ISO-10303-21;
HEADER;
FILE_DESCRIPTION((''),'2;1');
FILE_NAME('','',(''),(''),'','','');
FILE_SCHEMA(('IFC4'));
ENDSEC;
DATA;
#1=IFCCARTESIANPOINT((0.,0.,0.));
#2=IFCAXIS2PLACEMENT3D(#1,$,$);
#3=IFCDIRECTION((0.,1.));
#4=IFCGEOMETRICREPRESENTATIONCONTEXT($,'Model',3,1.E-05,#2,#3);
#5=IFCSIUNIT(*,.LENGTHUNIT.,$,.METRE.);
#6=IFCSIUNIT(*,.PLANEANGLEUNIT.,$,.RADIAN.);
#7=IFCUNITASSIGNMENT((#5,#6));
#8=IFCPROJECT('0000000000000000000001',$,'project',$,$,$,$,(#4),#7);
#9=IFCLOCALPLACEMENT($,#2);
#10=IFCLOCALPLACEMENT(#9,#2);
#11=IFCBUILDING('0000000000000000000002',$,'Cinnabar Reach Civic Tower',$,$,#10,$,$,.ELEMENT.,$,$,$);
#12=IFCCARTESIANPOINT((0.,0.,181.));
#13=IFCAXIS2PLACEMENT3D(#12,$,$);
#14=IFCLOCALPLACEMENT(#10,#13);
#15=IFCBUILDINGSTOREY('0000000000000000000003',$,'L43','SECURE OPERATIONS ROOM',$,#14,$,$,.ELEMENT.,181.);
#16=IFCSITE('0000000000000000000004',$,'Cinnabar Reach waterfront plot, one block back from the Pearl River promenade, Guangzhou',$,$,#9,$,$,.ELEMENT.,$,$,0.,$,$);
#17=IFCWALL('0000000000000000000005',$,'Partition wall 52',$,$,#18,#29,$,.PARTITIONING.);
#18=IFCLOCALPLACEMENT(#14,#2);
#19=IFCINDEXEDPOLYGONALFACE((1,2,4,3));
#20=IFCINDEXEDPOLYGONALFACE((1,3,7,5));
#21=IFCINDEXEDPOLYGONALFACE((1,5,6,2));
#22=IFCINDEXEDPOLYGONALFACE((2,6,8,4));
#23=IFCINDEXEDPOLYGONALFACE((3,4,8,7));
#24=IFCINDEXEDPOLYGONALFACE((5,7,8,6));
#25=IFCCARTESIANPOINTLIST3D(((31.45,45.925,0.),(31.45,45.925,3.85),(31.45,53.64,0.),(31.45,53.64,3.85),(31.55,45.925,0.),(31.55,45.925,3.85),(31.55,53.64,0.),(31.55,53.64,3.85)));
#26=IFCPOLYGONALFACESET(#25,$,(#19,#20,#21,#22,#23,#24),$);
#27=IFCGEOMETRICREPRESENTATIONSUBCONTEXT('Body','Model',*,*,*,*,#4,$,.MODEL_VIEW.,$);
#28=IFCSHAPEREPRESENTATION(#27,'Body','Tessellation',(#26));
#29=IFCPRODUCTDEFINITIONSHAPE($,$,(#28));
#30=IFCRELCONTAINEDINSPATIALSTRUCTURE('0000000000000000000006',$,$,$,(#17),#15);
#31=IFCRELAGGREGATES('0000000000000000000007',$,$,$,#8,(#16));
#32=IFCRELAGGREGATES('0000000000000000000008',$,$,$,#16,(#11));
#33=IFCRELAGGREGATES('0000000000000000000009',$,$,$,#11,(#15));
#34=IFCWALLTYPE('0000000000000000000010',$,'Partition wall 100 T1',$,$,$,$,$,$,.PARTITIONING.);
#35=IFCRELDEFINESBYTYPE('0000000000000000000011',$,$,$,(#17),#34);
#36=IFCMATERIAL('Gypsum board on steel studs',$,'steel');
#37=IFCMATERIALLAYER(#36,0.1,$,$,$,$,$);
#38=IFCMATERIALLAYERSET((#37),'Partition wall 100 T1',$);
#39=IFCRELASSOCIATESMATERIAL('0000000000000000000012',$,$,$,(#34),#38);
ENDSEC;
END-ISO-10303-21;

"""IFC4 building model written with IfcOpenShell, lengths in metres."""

from ifc_helpers import new_model, si_unit, direction, frame, frame_2d, origin, place, context, subcontext, project, spatial, rectangle, extrude, material, layer, layer_set, type_object, element, save


model = new_model("IFC4")

# Units and contexts
model_context = context("Model", 3, precision=1e-05, world=origin(), true_north=direction((0.0, 1.0)))
body_context = subcontext(model_context, "Body", "Model", "MODEL_VIEW")
ifc_project = project(units=[si_unit("LENGTHUNIT", "METRE"), si_unit("PLANEANGLEUNIT", "RADIAN")], contexts=[model_context])

# Site, building, storey
site_placement = place(None, origin())
site = spatial("IfcSite", under=ifc_project, at=site_placement, Name="Cinnabar Reach waterfront plot, one block back from the Pearl River promenade, Guangzhou", CompositionType="ELEMENT", RefElevation=0.0)
building_placement = place(site_placement, origin())
building = spatial("IfcBuilding", under=site, at=building_placement, Name="Cinnabar Reach Civic Tower", CompositionType="ELEMENT")
storey_placement = place(building_placement, frame((0.0, 0.0, 181.0)))
storey = spatial("IfcBuildingStorey", under=building, at=storey_placement, Name="L43", Description="SECURE OPERATIONS ROOM", CompositionType="ELEMENT", Elevation=181.0)

# Wall
ifc_material_1 = material(Name="Gypsum board on steel studs", Category="steel")
ifc_layer_1 = layer(ifc_material_1, 0.1)
ifc_layer_set_1 = layer_set([ifc_layer_1], Name="Partition wall 100 T1")
wall_type_1 = type_object("IfcWallType", Name="Partition wall 100 T1", PredefinedType="PARTITIONING", material=ifc_layer_set_1)
wall_1_placement = place(storey_placement, frame((31.5, 45.925, 0.0), z_axis=(0.0, 0.0, 1.0), x_axis=(0.0, 1.0, 0.0)))
element("IfcWall", 1, at=wall_1_placement, inside=storey, type_object=wall_type_1, Name="Partition wall 52", PredefinedType="PARTITIONING", context=body_context, shape_type="SweptSolid", body=[
    extrude(rectangle(XDim=7.715, YDim=0.1, at=frame_2d((3.8575, 0.0))), origin(), (0.0, 0.0, 1.0), 3.85),
])

save(model, "model.ifc")
